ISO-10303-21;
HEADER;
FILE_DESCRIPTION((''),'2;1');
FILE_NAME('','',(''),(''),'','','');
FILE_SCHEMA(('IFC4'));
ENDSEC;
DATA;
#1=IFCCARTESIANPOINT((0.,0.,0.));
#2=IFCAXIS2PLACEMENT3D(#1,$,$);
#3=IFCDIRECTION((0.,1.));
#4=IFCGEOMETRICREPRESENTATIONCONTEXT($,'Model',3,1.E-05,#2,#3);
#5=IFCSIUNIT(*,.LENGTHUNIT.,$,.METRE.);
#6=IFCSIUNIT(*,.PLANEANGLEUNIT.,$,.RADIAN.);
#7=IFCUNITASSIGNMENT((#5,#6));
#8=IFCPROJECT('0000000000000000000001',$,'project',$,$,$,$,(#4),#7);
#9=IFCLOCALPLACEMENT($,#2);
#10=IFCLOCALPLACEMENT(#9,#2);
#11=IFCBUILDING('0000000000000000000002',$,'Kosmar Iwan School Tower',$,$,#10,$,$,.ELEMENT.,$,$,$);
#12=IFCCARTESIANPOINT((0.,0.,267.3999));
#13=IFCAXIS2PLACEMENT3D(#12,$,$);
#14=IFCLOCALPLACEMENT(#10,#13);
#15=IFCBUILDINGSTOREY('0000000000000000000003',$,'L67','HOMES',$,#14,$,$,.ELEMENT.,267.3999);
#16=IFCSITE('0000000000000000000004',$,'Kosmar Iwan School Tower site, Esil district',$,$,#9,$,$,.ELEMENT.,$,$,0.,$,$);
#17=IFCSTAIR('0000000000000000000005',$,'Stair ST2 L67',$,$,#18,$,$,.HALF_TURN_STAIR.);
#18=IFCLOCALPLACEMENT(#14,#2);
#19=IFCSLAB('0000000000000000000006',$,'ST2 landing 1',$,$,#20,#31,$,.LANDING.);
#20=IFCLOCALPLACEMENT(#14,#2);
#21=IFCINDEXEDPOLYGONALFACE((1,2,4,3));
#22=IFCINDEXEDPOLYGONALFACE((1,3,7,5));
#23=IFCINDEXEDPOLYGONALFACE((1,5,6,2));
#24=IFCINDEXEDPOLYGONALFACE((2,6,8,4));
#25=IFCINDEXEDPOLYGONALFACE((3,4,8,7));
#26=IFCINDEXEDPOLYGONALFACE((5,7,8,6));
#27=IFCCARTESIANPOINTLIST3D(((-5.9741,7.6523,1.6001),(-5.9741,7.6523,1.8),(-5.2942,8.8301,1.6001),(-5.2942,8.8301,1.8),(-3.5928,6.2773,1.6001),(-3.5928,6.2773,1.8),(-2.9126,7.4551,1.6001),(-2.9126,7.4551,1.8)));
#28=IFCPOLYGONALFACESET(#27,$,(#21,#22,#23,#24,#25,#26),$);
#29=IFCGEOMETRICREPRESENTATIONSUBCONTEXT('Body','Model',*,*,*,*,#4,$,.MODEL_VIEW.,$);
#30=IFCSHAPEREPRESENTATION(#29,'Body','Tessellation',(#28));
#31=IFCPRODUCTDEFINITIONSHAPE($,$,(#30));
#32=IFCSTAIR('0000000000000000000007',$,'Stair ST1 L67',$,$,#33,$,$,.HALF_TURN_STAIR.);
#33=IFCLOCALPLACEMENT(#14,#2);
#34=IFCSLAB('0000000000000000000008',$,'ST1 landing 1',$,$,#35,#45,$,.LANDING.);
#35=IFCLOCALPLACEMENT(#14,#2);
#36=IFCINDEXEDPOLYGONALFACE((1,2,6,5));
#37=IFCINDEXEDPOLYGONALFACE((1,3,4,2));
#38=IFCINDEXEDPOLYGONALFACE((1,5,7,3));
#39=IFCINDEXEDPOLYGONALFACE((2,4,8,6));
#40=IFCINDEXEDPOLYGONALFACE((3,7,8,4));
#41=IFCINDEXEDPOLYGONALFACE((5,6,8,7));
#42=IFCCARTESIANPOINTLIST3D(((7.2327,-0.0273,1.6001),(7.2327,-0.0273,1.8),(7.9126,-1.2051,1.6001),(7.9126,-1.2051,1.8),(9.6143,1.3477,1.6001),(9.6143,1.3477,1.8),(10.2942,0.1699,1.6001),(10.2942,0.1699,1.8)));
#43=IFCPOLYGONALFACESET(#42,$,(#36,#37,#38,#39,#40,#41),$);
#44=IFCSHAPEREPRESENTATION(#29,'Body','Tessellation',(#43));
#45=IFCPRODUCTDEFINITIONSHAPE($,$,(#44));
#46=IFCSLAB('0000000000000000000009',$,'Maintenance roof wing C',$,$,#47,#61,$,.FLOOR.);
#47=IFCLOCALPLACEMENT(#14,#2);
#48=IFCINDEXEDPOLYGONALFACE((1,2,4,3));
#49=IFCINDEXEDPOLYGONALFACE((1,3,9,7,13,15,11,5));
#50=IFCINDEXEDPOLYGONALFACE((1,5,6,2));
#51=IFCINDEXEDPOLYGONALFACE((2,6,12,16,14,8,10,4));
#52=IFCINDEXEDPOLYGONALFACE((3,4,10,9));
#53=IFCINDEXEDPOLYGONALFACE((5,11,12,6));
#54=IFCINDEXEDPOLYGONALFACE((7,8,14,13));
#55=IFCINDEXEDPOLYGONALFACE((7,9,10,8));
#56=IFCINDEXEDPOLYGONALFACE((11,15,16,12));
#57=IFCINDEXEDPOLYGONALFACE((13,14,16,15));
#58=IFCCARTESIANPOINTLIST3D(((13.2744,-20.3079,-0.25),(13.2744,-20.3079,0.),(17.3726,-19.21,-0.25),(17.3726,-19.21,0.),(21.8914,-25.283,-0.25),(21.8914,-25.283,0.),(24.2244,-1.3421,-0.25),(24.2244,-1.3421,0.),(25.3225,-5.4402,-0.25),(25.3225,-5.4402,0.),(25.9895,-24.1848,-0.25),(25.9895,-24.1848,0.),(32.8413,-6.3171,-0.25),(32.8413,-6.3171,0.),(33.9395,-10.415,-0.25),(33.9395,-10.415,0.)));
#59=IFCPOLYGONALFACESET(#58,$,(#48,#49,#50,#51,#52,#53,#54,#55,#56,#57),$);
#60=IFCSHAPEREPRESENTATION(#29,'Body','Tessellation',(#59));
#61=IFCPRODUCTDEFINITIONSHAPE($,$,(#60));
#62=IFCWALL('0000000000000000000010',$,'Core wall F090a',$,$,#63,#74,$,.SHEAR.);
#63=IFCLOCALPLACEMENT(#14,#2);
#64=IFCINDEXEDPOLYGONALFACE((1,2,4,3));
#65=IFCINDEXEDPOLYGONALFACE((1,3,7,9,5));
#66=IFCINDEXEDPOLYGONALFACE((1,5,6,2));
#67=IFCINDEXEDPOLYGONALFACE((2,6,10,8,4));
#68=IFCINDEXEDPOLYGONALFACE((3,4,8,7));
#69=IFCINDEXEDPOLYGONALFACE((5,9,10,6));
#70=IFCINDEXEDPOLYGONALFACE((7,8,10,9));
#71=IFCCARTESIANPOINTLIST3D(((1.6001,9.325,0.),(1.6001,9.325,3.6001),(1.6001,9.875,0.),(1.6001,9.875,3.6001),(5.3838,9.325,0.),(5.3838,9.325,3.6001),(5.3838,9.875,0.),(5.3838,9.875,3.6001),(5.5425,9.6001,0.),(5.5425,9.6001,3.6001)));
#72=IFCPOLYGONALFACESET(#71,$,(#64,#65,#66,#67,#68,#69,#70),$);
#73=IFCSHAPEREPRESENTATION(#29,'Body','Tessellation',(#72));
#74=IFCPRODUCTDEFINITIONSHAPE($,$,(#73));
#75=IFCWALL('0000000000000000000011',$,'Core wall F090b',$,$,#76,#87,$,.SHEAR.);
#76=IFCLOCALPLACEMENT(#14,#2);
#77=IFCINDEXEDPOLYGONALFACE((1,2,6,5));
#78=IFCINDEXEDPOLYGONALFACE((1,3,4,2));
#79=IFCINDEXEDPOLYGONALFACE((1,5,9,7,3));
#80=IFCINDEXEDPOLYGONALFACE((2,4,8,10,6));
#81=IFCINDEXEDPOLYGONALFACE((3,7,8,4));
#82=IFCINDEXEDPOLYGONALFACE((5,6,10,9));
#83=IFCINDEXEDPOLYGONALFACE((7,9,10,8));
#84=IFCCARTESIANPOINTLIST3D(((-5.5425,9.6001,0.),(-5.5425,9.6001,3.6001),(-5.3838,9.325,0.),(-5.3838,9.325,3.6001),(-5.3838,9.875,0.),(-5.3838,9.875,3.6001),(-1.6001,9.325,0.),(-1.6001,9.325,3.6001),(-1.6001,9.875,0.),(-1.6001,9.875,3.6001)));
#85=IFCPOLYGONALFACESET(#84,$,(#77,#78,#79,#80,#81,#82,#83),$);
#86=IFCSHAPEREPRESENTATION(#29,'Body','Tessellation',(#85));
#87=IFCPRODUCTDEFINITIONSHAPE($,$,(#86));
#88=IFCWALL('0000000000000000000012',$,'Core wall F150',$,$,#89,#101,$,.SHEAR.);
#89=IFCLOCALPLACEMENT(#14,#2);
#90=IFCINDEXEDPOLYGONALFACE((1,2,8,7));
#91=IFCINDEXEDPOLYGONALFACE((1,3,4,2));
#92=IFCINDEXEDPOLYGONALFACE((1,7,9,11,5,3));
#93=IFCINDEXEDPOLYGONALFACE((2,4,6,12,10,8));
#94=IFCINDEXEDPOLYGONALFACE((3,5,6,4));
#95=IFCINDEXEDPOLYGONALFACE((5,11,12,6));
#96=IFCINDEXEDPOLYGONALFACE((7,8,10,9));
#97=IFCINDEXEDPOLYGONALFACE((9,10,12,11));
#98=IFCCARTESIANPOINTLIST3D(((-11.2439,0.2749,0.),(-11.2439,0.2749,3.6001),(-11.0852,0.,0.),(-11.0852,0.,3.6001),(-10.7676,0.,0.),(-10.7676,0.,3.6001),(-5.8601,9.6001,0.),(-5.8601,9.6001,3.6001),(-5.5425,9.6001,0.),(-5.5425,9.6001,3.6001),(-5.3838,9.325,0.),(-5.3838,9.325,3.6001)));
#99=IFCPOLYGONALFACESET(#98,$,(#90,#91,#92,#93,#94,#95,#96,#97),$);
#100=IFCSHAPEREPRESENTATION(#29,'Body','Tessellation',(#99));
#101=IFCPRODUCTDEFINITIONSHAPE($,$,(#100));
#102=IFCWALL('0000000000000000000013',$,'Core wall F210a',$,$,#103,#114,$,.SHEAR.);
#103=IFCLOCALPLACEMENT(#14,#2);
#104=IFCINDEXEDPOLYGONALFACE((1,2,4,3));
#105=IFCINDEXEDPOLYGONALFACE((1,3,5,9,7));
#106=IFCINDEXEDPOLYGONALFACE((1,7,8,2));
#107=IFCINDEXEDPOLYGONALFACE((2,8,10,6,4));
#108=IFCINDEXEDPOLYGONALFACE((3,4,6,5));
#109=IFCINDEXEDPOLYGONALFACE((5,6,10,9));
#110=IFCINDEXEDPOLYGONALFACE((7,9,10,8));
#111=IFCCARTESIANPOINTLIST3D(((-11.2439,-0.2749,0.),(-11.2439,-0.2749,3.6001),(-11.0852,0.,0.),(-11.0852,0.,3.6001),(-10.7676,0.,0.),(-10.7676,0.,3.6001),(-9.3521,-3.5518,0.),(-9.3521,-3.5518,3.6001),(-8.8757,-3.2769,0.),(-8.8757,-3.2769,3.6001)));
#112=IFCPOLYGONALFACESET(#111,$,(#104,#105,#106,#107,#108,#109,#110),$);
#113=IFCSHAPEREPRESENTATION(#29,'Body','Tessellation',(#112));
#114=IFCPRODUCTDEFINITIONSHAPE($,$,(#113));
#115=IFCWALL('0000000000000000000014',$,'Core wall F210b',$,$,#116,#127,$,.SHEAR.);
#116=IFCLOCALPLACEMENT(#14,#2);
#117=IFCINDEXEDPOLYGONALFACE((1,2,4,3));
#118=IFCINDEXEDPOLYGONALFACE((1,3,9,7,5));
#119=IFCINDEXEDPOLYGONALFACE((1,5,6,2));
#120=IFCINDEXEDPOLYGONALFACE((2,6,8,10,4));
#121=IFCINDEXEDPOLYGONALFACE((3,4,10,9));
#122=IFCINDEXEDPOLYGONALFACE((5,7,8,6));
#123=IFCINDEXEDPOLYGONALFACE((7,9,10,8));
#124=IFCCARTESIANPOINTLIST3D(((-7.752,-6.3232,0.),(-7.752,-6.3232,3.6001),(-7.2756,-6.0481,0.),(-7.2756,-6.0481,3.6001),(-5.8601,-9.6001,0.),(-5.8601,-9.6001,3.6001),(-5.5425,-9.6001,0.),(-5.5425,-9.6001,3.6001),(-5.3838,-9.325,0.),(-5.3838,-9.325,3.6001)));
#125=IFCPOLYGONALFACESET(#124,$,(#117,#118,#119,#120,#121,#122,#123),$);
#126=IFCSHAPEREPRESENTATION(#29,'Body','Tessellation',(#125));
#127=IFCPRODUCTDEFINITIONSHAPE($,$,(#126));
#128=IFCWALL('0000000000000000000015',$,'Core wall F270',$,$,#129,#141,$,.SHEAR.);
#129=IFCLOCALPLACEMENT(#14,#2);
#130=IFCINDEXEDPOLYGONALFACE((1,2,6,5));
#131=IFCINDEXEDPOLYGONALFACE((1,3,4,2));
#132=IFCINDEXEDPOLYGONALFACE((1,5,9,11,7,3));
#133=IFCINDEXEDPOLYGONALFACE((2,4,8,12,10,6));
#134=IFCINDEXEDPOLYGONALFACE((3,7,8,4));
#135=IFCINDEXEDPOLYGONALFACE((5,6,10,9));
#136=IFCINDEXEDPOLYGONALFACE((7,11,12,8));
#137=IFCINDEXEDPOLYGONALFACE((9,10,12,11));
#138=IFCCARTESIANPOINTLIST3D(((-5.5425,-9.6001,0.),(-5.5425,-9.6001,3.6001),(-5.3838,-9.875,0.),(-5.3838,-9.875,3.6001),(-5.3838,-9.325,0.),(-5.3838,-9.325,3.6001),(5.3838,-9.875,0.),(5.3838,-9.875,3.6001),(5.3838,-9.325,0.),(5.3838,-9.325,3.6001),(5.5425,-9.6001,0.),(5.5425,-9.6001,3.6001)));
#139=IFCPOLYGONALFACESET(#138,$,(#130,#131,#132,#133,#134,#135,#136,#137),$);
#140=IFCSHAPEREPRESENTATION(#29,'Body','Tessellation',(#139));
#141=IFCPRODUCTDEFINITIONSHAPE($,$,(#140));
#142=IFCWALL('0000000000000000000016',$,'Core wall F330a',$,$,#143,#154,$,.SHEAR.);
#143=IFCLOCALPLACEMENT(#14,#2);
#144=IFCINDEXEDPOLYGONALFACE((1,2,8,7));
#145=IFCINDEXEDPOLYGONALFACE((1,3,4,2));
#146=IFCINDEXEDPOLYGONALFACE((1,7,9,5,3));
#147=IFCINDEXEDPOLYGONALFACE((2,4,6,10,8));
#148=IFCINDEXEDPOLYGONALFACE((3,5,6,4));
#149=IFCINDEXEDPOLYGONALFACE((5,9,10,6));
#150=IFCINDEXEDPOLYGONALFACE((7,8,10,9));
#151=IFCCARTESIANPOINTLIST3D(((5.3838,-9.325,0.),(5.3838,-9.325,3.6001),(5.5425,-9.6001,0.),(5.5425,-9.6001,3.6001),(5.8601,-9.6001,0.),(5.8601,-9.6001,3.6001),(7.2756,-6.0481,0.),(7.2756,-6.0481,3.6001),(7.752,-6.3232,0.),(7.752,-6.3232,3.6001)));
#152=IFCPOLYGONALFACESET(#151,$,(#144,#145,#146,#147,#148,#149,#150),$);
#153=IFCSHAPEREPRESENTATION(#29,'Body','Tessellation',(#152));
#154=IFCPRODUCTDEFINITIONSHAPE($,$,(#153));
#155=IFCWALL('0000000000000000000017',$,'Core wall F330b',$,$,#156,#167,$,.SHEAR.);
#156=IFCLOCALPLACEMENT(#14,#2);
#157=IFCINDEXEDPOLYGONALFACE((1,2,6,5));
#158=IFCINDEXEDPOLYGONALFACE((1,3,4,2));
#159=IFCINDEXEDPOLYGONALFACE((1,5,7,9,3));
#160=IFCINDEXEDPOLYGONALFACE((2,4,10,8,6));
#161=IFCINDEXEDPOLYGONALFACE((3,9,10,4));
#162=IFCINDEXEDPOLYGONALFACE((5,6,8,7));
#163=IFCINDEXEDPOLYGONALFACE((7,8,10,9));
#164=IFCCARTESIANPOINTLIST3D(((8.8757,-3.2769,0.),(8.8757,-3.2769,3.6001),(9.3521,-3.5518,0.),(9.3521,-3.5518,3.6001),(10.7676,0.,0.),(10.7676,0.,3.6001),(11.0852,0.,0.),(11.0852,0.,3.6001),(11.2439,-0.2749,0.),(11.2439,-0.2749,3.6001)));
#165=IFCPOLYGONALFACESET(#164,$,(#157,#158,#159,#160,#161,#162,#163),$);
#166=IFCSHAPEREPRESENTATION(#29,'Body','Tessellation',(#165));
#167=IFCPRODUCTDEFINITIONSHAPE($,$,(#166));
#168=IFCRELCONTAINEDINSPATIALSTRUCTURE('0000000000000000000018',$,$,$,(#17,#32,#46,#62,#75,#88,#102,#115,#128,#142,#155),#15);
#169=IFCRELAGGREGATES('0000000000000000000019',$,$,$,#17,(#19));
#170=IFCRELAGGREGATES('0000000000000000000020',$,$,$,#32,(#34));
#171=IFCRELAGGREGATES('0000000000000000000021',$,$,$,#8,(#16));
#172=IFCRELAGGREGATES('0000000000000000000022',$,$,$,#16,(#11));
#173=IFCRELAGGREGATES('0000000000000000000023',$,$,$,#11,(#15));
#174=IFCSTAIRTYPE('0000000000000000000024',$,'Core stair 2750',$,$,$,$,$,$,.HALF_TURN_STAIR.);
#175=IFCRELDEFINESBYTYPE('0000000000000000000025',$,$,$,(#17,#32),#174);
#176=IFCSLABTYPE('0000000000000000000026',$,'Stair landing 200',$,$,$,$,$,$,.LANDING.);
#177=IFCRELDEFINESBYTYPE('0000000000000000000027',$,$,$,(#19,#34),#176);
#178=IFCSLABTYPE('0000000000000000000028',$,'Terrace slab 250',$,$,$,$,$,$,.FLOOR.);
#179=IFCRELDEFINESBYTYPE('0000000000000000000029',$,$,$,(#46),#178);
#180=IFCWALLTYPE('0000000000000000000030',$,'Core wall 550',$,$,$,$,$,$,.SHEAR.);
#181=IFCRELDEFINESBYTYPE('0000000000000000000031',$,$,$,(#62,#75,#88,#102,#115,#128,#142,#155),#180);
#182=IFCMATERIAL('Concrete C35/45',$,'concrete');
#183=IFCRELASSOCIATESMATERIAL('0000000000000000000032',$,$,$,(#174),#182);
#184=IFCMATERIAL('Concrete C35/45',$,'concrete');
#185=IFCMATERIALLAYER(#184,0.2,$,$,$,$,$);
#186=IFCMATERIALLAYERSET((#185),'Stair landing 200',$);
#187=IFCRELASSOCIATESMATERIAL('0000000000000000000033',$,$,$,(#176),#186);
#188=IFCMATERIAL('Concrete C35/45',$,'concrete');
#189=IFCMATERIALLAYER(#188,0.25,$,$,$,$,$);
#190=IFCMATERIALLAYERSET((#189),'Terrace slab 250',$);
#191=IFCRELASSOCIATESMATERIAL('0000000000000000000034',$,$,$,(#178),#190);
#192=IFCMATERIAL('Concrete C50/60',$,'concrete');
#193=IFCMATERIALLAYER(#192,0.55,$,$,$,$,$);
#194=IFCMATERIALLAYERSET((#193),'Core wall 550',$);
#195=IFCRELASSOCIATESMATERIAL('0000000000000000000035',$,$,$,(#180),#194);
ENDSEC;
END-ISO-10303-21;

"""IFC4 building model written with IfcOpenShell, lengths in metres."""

from ifc_helpers import new_model, si_unit, direction, frame, origin, place, context, subcontext, project, spatial, polyline, outline, extrude, material, layer, layer_set, type_object, element, aggregate, save


model = new_model("IFC4")

# Units and contexts
model_context = context("Model", 3, precision=1e-05, world=origin(), true_north=direction((0.0, 1.0)))
body_context = subcontext(model_context, "Body", "Model", "MODEL_VIEW")
ifc_project = project(units=[si_unit("LENGTHUNIT", "METRE"), si_unit("PLANEANGLEUNIT", "RADIAN")], contexts=[model_context])

# Site, building, storey
site_placement = place(None, origin())
site = spatial("IfcSite", under=ifc_project, at=site_placement, Name="Kosmar Iwan School Tower site, Esil district", CompositionType="ELEMENT", RefElevation=0.0)
building_placement = place(site_placement, origin())
building = spatial("IfcBuilding", under=site, at=building_placement, Name="Kosmar Iwan School Tower", CompositionType="ELEMENT")
storey_placement = place(building_placement, frame((0.0, 0.0, 267.3999)))
storey = spatial("IfcBuildingStorey", under=building, at=storey_placement, Name="L67", Description="HOMES", CompositionType="ELEMENT", Elevation=267.3999)

# Stairs, slabs
ifc_material_1 = material(Name="Concrete C35/45", Category="concrete")
stair_type = type_object("IfcStairType", Name="Core stair 2750", PredefinedType="HALF_TURN_STAIR", material=ifc_material_1)
stair_1_placement = place(storey_placement, origin())
stair_1 = element("IfcStair", 1, at=stair_1_placement, inside=storey, type_object=stair_type, Name="Stair ST2 L67", PredefinedType="HALF_TURN_STAIR")
ifc_material_2 = material(Name="Concrete C35/45", Category="concrete")
ifc_layer_1 = layer(ifc_material_2, 0.2)
ifc_layer_set_1 = layer_set([ifc_layer_1], Name="Stair landing 200")
slab_type_1 = type_object("IfcSlabType", Name="Stair landing 200", PredefinedType="LANDING", material=ifc_layer_set_1)
slab_1_placement = place(storey_placement, frame((0.0, 0.0, 1.6001)))
slab_1 = element("IfcSlab", 2, at=slab_1_placement, type_object=slab_type_1, Name="ST2 landing 1", PredefinedType="LANDING", context=body_context, shape_type="SweptSolid", body=[
    extrude(outline(polyline([(-2.9126, 7.4551), (-5.2942, 8.8301), (-5.9741, 7.6523), (-3.5928, 6.2773), (-2.9126, 7.4551)])), origin(), (0.0, 0.0, 1.0), 0.2),
])
aggregate(stair_1, [slab_1])
stair_2_placement = place(storey_placement, origin())
stair_2 = element("IfcStair", 3, at=stair_2_placement, inside=storey, type_object=stair_type, Name="Stair ST1 L67", PredefinedType="HALF_TURN_STAIR")
slab_2_placement = place(storey_placement, frame((0.0, 0.0, 1.6001)))
slab_2 = element("IfcSlab", 4, at=slab_2_placement, type_object=slab_type_1, Name="ST1 landing 1", PredefinedType="LANDING", context=body_context, shape_type="SweptSolid", body=[
    extrude(outline(polyline([(7.9126, -1.2051), (10.2942, 0.1699), (9.6143, 1.3477), (7.2327, -0.0273), (7.9126, -1.2051)])), origin(), (0.0, 0.0, 1.0), 0.2),
])
aggregate(stair_2, [slab_2])

# Slab
ifc_material_3 = material(Name="Concrete C35/45", Category="concrete")
ifc_layer_2 = layer(ifc_material_3, 0.25)
ifc_layer_set_2 = layer_set([ifc_layer_2], Name="Terrace slab 250")
slab_type_2 = type_object("IfcSlabType", Name="Terrace slab 250", PredefinedType="FLOOR", material=ifc_layer_set_2)
slab_3_placement = place(storey_placement, frame((0.0, 0.0, -0.25)))
element("IfcSlab", 5, at=slab_3_placement, inside=storey, type_object=slab_type_2, Name="Maintenance roof wing C", PredefinedType="FLOOR", context=body_context, shape_type="SweptSolid", body=[
    extrude(outline(polyline([(21.8914, -25.283), (25.9895, -24.1848), (33.9395, -10.415), (32.8413, -6.3171), (5.4751, 9.4829), (24.2244, -1.342), (25.3225, -5.4402), (17.3726, -19.21), (13.2744, -20.3079), (21.8914, -25.283)])), origin(), (0.0, 0.0, 1.0), 0.25),
])

# Walls
ifc_material_4 = material(Name="Concrete C50/60", Category="concrete")
ifc_layer_3 = layer(ifc_material_4, 0.55)
ifc_layer_set_3 = layer_set([ifc_layer_3], Name="Core wall 550")
wall_type_1 = type_object("IfcWallType", Name="Core wall 550", PredefinedType="SHEAR", material=ifc_layer_set_3)
wall_1_placement = place(storey_placement, origin())
element("IfcWall", 6, at=wall_1_placement, inside=storey, type_object=wall_type_1, Name="Core wall F090a", PredefinedType="SHEAR", context=body_context, shape_type="SweptSolid", body=[
    extrude(outline(polyline([(1.6001, 9.325), (5.3838, 9.325), (5.5425, 9.6001), (5.3838, 9.875), (1.6001, 9.875), (1.6001, 9.325)])), origin(), (0.0, 0.0, 1.0), 3.6001),
])
wall_2_placement = place(storey_placement, origin())
element("IfcWall", 7, at=wall_2_placement, inside=storey, type_object=wall_type_1, Name="Core wall F090b", PredefinedType="SHEAR", context=body_context, shape_type="SweptSolid", body=[
    extrude(outline(polyline([(-5.3838, 9.325), (-1.6001, 9.325), (-1.6001, 9.875), (-5.3838, 9.875), (-5.5425, 9.6001), (-5.3838, 9.325)])), origin(), (0.0, 0.0, 1.0), 3.6001),
])
wall_3_placement = place(storey_placement, origin())
element("IfcWall", 8, at=wall_3_placement, inside=storey, type_object=wall_type_1, Name="Core wall F150", PredefinedType="SHEAR", context=body_context, shape_type="SweptSolid", body=[
    extrude(outline(polyline([(-11.0852, 0.0), (-10.7676, 0.0), (-5.3838, 9.325), (-5.5425, 9.6001), (-5.8601, 9.6001), (-11.2439, 0.2749), (-11.0852, 0.0)])), origin(), (0.0, 0.0, 1.0), 3.6001),
])
wall_4_placement = place(storey_placement, origin())
element("IfcWall", 9, at=wall_4_placement, inside=storey, type_object=wall_type_1, Name="Core wall F210a", PredefinedType="SHEAR", context=body_context, shape_type="SweptSolid", body=[
    extrude(outline(polyline([(-9.3521, -3.5518), (-8.8757, -3.2769), (-10.7676, 0.0), (-11.0852, 0.0), (-11.2439, -0.2749), (-9.3521, -3.5518)])), origin(), (0.0, 0.0, 1.0), 3.6001),
])
wall_5_placement = place(storey_placement, origin())
element("IfcWall", 10, at=wall_5_placement, inside=storey, type_object=wall_type_1, Name="Core wall F210b", PredefinedType="SHEAR", context=body_context, shape_type="SweptSolid", body=[
    extrude(outline(polyline([(-5.8601, -9.6001), (-5.5425, -9.6001), (-5.3838, -9.325), (-7.2756, -6.0481), (-7.752, -6.3232), (-5.8601, -9.6001)])), origin(), (0.0, 0.0, 1.0), 3.6001),
])
wall_6_placement = place(storey_placement, origin())
element("IfcWall", 11, at=wall_6_placement, inside=storey, type_object=wall_type_1, Name="Core wall F270", PredefinedType="SHEAR", context=body_context, shape_type="SweptSolid", body=[
    extrude(outline(polyline([(-5.3838, -9.875), (5.3838, -9.875), (5.5425, -9.6001), (5.3838, -9.325), (-5.3838, -9.325), (-5.5425, -9.6001), (-5.3838, -9.875)])), origin(), (0.0, 0.0, 1.0), 3.6001),
])
wall_7_placement = place(storey_placement, origin())
element("IfcWall", 12, at=wall_7_placement, inside=storey, type_object=wall_type_1, Name="Core wall F330a", PredefinedType="SHEAR", context=body_context, shape_type="SweptSolid", body=[
    extrude(outline(polyline([(5.5425, -9.6001), (5.8601, -9.6001), (7.752, -6.3232), (7.2756, -6.0481), (5.3838, -9.325), (5.5425, -9.6001)])), origin(), (0.0, 0.0, 1.0), 3.6001),
])
wall_8_placement = place(storey_placement, origin())
element("IfcWall", 13, at=wall_8_placement, inside=storey, type_object=wall_type_1, Name="Core wall F330b", PredefinedType="SHEAR", context=body_context, shape_type="SweptSolid", body=[
    extrude(outline(polyline([(9.3521, -3.5518), (11.2439, -0.2749), (11.0852, 0.0), (10.7676, 0.0), (8.8757, -3.2769), (9.3521, -3.5518)])), origin(), (0.0, 0.0, 1.0), 3.6001),
])

save(model, "model.ifc")
